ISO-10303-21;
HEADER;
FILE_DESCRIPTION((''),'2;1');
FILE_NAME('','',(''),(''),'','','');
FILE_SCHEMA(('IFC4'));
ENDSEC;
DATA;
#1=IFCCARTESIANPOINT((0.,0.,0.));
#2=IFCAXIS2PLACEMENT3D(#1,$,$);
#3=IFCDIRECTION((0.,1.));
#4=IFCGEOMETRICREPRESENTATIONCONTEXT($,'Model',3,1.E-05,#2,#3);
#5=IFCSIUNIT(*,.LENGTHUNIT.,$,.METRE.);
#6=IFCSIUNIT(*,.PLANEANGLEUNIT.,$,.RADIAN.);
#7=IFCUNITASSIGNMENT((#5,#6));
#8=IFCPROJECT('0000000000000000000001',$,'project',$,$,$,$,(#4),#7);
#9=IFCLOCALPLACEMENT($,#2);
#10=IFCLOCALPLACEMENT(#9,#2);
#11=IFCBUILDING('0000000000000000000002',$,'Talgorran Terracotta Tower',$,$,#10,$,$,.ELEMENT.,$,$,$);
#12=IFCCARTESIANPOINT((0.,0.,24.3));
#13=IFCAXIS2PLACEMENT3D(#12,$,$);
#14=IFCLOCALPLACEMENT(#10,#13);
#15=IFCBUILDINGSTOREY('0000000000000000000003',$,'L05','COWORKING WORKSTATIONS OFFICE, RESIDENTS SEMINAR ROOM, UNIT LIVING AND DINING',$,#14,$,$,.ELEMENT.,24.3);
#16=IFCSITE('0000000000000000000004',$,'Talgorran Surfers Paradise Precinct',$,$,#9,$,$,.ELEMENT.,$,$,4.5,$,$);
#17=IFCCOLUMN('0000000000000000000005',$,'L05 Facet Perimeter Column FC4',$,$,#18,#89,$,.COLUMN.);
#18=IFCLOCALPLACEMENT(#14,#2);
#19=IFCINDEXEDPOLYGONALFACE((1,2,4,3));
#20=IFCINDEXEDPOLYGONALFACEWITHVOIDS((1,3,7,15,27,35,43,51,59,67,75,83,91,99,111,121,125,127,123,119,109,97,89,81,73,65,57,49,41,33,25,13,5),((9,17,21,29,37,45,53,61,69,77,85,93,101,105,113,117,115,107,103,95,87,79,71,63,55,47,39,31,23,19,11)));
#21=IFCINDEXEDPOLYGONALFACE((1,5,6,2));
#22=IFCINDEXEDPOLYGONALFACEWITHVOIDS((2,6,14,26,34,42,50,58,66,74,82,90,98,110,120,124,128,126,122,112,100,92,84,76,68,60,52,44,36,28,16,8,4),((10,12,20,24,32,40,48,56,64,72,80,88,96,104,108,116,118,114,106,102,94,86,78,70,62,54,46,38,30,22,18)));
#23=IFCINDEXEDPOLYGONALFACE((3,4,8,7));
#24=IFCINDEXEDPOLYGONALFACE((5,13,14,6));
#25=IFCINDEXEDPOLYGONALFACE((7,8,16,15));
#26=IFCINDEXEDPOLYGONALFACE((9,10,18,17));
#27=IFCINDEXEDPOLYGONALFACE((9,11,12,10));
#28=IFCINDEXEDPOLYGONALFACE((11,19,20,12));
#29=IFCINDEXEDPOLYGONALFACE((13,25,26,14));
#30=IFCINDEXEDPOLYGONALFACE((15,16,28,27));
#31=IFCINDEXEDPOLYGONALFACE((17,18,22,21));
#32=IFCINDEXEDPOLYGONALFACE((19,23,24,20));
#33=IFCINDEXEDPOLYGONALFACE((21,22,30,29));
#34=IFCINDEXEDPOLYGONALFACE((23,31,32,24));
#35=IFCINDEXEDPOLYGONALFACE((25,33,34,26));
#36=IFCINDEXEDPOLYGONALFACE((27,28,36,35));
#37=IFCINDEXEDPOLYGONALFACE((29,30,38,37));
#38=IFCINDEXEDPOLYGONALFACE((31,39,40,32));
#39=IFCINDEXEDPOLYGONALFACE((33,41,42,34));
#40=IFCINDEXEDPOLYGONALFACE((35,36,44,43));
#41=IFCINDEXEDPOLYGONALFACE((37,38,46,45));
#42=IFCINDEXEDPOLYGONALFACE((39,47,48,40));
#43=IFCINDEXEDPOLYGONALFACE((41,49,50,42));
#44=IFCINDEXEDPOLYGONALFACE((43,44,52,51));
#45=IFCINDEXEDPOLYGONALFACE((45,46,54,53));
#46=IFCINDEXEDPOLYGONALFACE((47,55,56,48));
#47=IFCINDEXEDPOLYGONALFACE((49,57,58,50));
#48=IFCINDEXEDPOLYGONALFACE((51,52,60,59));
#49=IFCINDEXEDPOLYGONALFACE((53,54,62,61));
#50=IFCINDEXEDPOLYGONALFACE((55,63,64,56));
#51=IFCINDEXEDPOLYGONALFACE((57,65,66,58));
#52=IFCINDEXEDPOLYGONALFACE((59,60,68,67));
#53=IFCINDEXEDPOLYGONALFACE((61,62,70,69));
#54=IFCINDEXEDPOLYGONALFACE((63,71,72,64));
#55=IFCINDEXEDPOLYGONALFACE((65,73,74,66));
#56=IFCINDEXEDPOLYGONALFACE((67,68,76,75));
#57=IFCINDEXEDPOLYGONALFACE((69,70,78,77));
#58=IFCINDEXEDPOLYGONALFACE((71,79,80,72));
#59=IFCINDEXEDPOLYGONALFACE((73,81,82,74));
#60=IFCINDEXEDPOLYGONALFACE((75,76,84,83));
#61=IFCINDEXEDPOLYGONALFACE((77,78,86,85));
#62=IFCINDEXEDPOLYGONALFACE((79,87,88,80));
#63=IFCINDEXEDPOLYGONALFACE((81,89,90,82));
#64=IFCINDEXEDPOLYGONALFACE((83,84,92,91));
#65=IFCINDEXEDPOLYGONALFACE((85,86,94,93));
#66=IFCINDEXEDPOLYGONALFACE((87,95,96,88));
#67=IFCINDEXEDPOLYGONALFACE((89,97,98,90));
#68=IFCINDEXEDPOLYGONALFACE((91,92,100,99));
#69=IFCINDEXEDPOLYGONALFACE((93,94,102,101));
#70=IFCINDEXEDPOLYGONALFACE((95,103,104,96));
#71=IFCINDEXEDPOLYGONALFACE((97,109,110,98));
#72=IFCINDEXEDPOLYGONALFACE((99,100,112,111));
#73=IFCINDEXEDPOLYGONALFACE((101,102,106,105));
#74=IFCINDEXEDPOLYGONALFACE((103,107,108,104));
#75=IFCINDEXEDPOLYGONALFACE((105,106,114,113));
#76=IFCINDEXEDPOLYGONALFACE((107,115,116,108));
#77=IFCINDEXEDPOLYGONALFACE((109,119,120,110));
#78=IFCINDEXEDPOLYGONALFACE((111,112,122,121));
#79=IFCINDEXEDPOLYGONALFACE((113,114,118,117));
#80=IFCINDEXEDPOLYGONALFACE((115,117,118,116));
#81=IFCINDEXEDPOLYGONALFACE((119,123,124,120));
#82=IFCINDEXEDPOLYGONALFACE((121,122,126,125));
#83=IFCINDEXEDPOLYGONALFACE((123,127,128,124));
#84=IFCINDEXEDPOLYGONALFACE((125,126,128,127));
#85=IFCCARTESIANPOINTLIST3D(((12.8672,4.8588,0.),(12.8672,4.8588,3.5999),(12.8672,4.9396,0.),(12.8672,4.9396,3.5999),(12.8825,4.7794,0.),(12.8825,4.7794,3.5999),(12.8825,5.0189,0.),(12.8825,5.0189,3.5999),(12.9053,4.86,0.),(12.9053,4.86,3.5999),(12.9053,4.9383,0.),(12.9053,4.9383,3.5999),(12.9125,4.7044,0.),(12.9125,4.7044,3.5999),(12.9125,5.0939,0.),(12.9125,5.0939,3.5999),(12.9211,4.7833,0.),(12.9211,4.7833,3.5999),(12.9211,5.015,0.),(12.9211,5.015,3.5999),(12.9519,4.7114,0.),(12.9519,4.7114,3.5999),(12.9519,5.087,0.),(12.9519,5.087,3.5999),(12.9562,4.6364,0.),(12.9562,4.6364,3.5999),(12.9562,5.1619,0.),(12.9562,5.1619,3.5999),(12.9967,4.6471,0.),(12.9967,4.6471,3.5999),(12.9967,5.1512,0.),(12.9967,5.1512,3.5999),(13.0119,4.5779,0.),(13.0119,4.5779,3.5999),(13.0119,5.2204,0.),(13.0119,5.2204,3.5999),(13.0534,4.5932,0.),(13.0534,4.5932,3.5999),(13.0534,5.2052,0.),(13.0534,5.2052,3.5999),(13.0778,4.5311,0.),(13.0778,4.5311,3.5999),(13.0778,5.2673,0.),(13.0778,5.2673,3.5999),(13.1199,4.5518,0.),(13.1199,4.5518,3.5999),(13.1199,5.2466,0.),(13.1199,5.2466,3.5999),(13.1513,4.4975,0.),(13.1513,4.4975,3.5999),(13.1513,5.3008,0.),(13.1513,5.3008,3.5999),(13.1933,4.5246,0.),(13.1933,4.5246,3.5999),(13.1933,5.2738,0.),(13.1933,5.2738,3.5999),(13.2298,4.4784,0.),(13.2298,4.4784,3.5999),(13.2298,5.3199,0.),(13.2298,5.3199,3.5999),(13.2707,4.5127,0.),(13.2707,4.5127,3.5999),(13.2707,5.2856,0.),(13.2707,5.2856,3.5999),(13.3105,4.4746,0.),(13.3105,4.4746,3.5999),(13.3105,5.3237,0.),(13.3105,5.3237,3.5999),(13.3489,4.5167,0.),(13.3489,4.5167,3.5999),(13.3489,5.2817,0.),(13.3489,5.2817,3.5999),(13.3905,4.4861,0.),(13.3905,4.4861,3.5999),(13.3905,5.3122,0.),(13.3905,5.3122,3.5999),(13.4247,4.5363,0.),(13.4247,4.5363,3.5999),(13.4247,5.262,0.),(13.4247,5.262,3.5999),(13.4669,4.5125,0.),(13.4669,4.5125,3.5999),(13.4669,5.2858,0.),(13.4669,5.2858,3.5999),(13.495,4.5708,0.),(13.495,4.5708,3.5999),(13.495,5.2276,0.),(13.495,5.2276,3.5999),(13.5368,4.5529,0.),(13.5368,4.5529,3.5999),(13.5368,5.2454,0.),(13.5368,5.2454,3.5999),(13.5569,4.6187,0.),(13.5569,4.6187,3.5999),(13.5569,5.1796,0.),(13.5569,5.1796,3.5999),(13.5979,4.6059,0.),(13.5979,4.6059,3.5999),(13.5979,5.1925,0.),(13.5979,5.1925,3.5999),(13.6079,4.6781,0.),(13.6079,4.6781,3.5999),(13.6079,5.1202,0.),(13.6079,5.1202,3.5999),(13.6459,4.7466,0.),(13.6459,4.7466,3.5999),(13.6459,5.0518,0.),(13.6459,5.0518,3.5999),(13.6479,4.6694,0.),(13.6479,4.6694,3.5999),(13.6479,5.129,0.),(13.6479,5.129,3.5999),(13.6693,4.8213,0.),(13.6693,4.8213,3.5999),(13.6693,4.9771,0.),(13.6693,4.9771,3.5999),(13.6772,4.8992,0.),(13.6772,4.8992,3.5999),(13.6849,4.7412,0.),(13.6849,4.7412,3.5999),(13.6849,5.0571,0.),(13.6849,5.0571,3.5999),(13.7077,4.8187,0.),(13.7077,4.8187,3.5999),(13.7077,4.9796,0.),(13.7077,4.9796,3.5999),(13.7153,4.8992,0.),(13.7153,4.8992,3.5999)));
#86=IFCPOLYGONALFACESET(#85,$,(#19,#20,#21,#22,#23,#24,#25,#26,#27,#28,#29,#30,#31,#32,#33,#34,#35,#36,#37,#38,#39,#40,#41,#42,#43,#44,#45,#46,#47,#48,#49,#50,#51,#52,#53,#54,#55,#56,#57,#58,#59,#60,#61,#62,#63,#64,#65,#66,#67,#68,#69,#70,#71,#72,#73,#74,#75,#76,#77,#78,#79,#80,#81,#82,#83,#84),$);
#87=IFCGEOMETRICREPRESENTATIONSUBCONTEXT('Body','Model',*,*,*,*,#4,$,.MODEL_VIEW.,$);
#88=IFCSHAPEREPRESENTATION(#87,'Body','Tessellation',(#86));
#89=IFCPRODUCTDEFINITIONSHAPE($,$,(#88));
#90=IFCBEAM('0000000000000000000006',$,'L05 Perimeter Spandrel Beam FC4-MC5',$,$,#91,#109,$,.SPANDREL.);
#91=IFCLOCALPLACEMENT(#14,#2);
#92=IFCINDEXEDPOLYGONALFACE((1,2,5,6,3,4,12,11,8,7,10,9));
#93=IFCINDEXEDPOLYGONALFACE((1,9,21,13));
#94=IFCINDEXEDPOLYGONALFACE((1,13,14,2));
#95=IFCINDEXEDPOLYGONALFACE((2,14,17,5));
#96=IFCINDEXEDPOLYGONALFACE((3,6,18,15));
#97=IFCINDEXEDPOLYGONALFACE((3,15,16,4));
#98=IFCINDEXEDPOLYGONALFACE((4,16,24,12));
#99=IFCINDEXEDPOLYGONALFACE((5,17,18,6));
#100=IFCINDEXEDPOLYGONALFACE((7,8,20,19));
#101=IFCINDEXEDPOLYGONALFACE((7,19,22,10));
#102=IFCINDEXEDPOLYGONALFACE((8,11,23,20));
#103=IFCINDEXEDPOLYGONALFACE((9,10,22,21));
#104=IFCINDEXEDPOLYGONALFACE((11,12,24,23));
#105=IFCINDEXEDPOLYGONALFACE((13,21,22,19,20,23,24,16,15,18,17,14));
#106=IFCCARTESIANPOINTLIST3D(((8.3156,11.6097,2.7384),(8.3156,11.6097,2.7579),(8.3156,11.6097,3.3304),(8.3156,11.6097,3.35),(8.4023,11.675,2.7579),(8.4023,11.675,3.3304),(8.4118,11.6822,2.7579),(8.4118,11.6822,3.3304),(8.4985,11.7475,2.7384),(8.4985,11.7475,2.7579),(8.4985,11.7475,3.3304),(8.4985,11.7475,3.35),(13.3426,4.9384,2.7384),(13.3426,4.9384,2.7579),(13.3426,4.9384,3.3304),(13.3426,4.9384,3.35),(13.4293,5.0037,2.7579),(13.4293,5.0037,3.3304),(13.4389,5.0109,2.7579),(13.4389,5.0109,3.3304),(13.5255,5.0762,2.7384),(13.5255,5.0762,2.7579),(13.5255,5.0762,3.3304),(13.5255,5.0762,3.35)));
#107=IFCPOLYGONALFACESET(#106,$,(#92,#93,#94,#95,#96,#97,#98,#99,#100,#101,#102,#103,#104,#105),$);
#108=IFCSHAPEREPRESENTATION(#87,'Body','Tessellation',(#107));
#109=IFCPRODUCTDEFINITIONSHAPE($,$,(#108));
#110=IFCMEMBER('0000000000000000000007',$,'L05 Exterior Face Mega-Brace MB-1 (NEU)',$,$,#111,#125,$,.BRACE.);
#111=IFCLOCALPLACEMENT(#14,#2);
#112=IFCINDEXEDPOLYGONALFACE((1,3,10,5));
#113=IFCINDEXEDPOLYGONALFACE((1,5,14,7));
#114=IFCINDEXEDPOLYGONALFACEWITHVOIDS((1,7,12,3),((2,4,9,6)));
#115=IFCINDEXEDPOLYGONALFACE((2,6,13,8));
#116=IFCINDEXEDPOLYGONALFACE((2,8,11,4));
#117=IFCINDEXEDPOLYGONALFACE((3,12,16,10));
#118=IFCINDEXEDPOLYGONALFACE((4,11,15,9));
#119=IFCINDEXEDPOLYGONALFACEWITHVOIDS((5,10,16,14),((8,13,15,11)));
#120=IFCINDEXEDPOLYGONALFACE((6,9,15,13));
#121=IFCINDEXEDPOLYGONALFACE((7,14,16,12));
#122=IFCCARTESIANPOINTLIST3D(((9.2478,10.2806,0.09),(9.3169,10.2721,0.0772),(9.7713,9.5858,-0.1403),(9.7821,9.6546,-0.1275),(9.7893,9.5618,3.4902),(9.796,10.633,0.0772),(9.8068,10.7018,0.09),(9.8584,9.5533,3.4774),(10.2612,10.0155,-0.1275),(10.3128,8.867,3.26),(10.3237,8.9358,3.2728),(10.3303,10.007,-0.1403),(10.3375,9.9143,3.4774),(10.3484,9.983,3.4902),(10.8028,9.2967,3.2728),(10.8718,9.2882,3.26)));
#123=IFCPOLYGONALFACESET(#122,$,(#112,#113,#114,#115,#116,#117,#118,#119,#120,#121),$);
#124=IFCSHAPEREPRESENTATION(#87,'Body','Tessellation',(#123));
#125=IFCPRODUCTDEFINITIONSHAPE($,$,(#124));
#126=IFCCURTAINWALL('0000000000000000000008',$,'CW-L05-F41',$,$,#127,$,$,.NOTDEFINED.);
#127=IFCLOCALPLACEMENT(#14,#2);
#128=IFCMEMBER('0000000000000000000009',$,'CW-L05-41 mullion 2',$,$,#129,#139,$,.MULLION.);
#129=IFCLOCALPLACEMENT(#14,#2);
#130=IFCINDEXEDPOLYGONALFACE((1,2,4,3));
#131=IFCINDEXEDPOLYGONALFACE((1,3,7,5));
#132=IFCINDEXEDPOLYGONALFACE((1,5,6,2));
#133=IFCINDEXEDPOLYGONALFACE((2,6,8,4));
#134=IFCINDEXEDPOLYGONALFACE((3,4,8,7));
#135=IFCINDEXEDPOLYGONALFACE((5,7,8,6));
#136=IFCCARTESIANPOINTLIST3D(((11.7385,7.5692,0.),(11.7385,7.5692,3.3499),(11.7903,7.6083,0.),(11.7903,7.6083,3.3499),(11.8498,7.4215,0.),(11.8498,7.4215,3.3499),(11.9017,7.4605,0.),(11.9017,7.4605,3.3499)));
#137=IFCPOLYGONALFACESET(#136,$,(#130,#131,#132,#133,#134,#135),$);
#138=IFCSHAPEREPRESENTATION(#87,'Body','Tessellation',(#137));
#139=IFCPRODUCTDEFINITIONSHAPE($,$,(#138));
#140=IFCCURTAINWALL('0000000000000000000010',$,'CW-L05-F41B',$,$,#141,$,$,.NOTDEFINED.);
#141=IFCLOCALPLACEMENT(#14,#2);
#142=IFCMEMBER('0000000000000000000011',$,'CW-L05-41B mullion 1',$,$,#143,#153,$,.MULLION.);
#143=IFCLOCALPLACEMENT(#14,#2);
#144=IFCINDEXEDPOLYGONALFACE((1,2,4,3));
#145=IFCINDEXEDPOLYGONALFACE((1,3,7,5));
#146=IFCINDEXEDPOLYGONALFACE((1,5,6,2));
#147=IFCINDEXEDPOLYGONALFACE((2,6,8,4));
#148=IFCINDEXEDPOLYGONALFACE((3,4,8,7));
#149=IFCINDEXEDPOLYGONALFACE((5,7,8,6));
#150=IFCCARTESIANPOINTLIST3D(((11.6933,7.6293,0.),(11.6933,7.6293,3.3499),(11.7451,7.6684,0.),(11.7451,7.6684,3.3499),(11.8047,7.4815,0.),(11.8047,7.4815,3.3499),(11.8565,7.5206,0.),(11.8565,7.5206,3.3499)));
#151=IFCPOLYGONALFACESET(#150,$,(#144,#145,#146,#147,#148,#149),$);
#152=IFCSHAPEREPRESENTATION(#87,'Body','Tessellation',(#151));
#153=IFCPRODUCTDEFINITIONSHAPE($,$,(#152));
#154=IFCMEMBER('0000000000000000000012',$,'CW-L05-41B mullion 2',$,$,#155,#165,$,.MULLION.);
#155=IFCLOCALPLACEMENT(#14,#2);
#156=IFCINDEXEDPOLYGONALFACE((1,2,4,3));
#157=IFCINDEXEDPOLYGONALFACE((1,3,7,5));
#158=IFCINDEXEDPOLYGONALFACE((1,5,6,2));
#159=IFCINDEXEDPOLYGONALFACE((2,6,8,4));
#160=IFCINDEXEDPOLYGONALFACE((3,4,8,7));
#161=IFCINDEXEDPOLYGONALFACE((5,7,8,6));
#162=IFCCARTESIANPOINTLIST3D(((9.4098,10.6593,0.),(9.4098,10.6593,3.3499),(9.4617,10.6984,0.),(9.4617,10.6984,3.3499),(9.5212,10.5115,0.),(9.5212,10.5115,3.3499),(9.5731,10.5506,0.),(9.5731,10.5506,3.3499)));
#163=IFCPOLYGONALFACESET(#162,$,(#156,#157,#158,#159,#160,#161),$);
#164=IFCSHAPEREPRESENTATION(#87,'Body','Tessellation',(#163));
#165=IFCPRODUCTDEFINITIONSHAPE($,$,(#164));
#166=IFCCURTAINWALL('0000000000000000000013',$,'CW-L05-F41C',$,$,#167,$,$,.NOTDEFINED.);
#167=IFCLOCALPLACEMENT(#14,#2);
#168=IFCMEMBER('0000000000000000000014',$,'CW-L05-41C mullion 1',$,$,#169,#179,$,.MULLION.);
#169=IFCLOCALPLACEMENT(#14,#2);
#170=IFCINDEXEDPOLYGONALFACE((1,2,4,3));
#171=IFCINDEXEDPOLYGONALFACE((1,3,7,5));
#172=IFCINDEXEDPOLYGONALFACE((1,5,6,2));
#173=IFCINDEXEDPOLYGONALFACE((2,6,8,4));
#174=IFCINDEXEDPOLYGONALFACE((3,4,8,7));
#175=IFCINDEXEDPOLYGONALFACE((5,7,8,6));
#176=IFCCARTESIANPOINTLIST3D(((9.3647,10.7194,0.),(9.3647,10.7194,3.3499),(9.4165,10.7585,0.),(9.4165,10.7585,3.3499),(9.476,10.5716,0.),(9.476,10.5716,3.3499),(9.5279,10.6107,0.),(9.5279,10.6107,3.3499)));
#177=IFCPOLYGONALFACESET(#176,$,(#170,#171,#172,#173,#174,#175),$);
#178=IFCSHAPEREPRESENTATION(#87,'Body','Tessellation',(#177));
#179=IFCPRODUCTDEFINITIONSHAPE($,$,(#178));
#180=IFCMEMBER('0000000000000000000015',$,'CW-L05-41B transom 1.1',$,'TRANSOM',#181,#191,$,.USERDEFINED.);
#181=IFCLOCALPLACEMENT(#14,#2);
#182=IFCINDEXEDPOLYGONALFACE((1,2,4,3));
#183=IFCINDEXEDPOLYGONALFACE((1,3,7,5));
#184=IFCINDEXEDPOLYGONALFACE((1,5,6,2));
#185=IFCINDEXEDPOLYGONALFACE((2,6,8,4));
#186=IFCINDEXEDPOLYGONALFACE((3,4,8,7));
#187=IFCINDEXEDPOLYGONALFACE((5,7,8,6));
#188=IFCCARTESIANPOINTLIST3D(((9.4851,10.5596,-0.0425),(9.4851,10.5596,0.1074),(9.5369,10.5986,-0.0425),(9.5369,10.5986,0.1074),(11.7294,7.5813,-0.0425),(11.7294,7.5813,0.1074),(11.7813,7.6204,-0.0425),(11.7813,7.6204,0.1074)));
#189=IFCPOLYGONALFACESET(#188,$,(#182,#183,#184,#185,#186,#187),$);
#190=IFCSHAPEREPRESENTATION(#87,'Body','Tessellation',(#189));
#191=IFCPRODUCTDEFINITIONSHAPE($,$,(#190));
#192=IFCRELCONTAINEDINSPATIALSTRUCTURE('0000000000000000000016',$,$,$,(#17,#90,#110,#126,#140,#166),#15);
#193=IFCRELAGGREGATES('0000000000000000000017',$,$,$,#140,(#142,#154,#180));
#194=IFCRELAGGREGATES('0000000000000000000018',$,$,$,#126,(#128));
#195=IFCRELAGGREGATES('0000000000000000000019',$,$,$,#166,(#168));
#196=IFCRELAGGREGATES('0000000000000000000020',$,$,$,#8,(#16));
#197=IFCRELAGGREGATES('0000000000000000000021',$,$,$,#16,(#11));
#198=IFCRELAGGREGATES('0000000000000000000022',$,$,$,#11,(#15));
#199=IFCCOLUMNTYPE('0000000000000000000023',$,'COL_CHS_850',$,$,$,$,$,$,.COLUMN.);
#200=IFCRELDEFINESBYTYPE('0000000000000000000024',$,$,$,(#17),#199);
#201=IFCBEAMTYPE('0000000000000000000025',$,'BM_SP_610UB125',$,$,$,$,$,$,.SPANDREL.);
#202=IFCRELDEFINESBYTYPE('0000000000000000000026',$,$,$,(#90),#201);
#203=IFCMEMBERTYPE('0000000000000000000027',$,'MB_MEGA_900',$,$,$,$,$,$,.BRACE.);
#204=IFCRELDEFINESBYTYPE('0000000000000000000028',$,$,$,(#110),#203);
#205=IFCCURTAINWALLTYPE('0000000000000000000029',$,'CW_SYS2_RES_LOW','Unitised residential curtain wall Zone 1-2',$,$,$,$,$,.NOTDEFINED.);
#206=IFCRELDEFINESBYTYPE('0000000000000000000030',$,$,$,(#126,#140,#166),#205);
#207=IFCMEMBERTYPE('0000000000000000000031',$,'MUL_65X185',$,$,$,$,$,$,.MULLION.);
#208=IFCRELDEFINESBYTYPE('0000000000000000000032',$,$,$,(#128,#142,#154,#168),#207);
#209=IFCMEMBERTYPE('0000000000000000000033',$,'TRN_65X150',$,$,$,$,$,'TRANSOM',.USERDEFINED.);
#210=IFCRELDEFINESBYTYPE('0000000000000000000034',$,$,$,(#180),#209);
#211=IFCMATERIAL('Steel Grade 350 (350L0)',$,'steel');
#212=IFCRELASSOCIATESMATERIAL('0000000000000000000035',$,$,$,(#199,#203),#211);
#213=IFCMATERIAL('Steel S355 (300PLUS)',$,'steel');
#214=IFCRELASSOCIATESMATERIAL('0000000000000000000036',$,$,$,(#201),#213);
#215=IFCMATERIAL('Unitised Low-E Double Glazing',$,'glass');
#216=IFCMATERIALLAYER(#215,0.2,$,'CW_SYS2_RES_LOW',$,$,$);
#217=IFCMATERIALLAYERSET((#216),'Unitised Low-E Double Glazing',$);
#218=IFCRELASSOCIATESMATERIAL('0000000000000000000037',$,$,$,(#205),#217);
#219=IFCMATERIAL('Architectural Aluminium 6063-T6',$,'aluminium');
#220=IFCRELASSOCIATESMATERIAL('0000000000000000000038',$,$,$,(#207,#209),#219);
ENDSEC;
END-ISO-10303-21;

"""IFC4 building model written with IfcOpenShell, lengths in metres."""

from ifc_helpers import new_model, si_unit, direction, frame, origin, origin_2d, place, context, subcontext, project, spatial, rectangle, hollow_rectangle, hollow_circle, i_section, extrude, material, layer, layer_set, material_profile, profile_set, type_object, element, aggregate, save


model = new_model("IFC4")

# Units and contexts
model_context = context("Model", 3, precision=1e-05, world=origin(), true_north=direction((0.0, 1.0)))
body_context = subcontext(model_context, "Body", "Model", "MODEL_VIEW")
ifc_project = project(units=[si_unit("LENGTHUNIT", "METRE"), si_unit("PLANEANGLEUNIT", "RADIAN")], contexts=[model_context])

# Site, building, storey
site_placement = place(None, origin())
site = spatial("IfcSite", under=ifc_project, at=site_placement, Name="Talgorran Surfers Paradise Precinct", CompositionType="ELEMENT", RefElevation=4.5)
building_placement = place(site_placement, origin())
building = spatial("IfcBuilding", under=site, at=building_placement, Name="Talgorran Terracotta Tower", CompositionType="ELEMENT")
storey_placement = place(building_placement, frame((0.0, 0.0, 24.3)))
storey = spatial("IfcBuildingStorey", under=building, at=storey_placement, Name="L05", Description="COWORKING WORKSTATIONS OFFICE, RESIDENTS SEMINAR ROOM, UNIT LIVING AND DINING", CompositionType="ELEMENT", Elevation=24.3)

# Column
ifc_material_1 = material(Name="Steel Grade 350 (350L0)", Category="steel")
ifc_material_profile_1 = material_profile(ifc_material_1, hollow_circle(Radius=0.425, WallThickness=0.0381, at=origin_2d()), Name="CHS850X38")
ifc_profile_set_1 = profile_set([ifc_material_profile_1], Name="Steel Grade 350 (350L0)")
column_type = type_object("IfcColumnType", Name="COL_CHS_850", PredefinedType="COLUMN", material=ifc_profile_set_1)
column_placement = place(storey_placement, frame((13.2903, 4.8992, 0.0), z_axis=(0.0, 0.0, 1.0), x_axis=(1.0, 0.0, 0.0)))
element("IfcColumn", 1, at=column_placement, inside=storey, type_object=column_type, Name="L05 Facet Perimeter Column FC4", PredefinedType="COLUMN", context=body_context, shape_type="SweptSolid", body=[
    extrude(hollow_circle(Radius=0.425, WallThickness=0.0381, at=origin_2d()), origin(), (0.0, 0.0, 1.0), 3.5999),
])

# Beam
ifc_material_2 = material(Name="Steel S355 (300PLUS)", Category="steel")
ifc_material_profile_2 = material_profile(ifc_material_2, i_section(OverallWidth=0.229, OverallDepth=0.6116, WebThickness=0.012, FlangeThickness=0.0195, at=origin_2d()), Name="610UB125")
ifc_profile_set_2 = profile_set([ifc_material_profile_2], Name="Steel S355 (300PLUS)")
beam_type = type_object("IfcBeamType", Name="BM_SP_610UB125", PredefinedType="SPANDREL", material=ifc_profile_set_2)
beam_placement = place(storey_placement, frame((13.4341, 5.0073, 3.0442), z_axis=(-0.601804, 0.798644, 0.0), x_axis=(-0.798644, -0.601804, 0.0)))
element("IfcBeam", 2, at=beam_placement, inside=storey, type_object=beam_type, Name="L05 Perimeter Spandrel Beam FC4-MC5", PredefinedType="SPANDREL", context=body_context, shape_type="SweptSolid", body=[
    extrude(i_section(OverallWidth=0.229, OverallDepth=0.6116, WebThickness=0.012, FlangeThickness=0.0195, at=origin_2d()), origin(), (0.0, 0.0, 1.0), 8.3533),
])

# Member
ifc_material_profile_3 = material_profile(ifc_material_1, hollow_rectangle(XDim=0.7, YDim=0.8999, WallThickness=0.05, at=origin_2d()), Name="WBOX900X700X50")
ifc_profile_set_3 = profile_set([ifc_material_profile_3], Name="Steel Grade 350 (350L0)")
member_type_1 = type_object("IfcMemberType", Name="MB_MEGA_900", PredefinedType="BRACE", material=ifc_profile_set_3)
member_1_placement = place(storey_placement, frame((9.7891, 10.1438, -0.0251), z_axis=(0.153958, -0.204352, 0.966715), x_axis=(0.798696, 0.601735, 0.0)))
element("IfcMember", 3, at=member_1_placement, inside=storey, type_object=member_type_1, Name="L05 Exterior Face Mega-Brace MB-1 (NEU)", PredefinedType="BRACE", context=body_context, shape_type="SweptSolid", body=[
    extrude(hollow_rectangle(XDim=0.7, YDim=0.8999, WallThickness=0.05, at=origin_2d()), origin(), (0.0, 0.0, 1.0), 3.5173),
])

# Curtain wall, member
ifc_material_3 = material(Name="Unitised Low-E Double Glazing", Category="glass")
ifc_layer_1 = layer(ifc_material_3, 0.2, Name="CW_SYS2_RES_LOW")
ifc_layer_set_1 = layer_set([ifc_layer_1], Name="Unitised Low-E Double Glazing")
curtain_wall_type = type_object("IfcCurtainWallType", Name="CW_SYS2_RES_LOW", Description="Unitised residential curtain wall Zone 1-2", PredefinedType="NOTDEFINED", material=ifc_layer_set_1)
curtain_wall_1_placement = place(storey_placement, origin())
curtain_wall_1 = element("IfcCurtainWall", 4, at=curtain_wall_1_placement, inside=storey, type_object=curtain_wall_type, Name="CW-L05-F41", PredefinedType="NOTDEFINED")
ifc_material_4 = material(Name="Architectural Aluminium 6063-T6", Category="aluminium")
ifc_material_profile_4 = material_profile(ifc_material_4, rectangle(XDim=0.0649, YDim=0.1851, at=origin_2d()), Name="CWM65X185")
ifc_profile_set_4 = profile_set([ifc_material_profile_4], Name="Architectural Aluminium 6063-T6")
member_type_2 = type_object("IfcMemberType", Name="MUL_65X185", PredefinedType="MULLION", material=ifc_profile_set_4)
member_2_placement = place(storey_placement, frame((11.8201, 7.5149, 0.0), z_axis=(0.0, 0.0, 1.0), x_axis=(-0.79864, -0.601809, 0.0)))
member_2 = element("IfcMember", 5, at=member_2_placement, type_object=member_type_2, Name="CW-L05-41 mullion 2", PredefinedType="MULLION", context=body_context, shape_type="SweptSolid", body=[
    extrude(rectangle(XDim=0.0649, YDim=0.1851, at=origin_2d()), origin(), (0.0, 0.0, 1.0), 3.3499),
])

# Curtain wall, members
curtain_wall_2_placement = place(storey_placement, origin())
curtain_wall_2 = element("IfcCurtainWall", 6, at=curtain_wall_2_placement, inside=storey, type_object=curtain_wall_type, Name="CW-L05-F41B", PredefinedType="NOTDEFINED")
member_3_placement = place(storey_placement, frame((11.7749, 7.575, 0.0), z_axis=(0.0, 0.0, 1.0), x_axis=(-0.798627, -0.601827, 0.0)))
member_3 = element("IfcMember", 7, at=member_3_placement, type_object=member_type_2, Name="CW-L05-41B mullion 1", PredefinedType="MULLION", context=body_context, shape_type="SweptSolid", body=[
    extrude(rectangle(XDim=0.0649, YDim=0.1851, at=origin_2d()), origin(), (0.0, 0.0, 1.0), 3.3499),
])
member_4_placement = place(storey_placement, frame((9.4915, 10.605, 0.0), z_axis=(0.0, 0.0, 1.0), x_axis=(-0.798627, -0.601827, 0.0)))
member_4 = element("IfcMember", 8, at=member_4_placement, type_object=member_type_2, Name="CW-L05-41B mullion 2", PredefinedType="MULLION", context=body_context, shape_type="SweptSolid", body=[
    extrude(rectangle(XDim=0.0649, YDim=0.1851, at=origin_2d()), origin(), (0.0, 0.0, 1.0), 3.3499),
])

# Curtain wall, member
curtain_wall_3_placement = place(storey_placement, origin())
curtain_wall_3 = element("IfcCurtainWall", 9, at=curtain_wall_3_placement, inside=storey, type_object=curtain_wall_type, Name="CW-L05-F41C", PredefinedType="NOTDEFINED")
member_5_placement = place(storey_placement, frame((9.4463, 10.665, 0.0), z_axis=(0.0, 0.0, 1.0), x_axis=(-0.798648, -0.601798, 0.0)))
member_5 = element("IfcMember", 10, at=member_5_placement, type_object=member_type_2, Name="CW-L05-41C mullion 1", PredefinedType="MULLION", context=body_context, shape_type="SweptSolid", body=[
    extrude(rectangle(XDim=0.0649, YDim=0.1851, at=origin_2d()), origin(), (0.0, 0.0, 1.0), 3.3499),
])

# Member
ifc_material_profile_5 = material_profile(ifc_material_4, rectangle(XDim=0.0649, YDim=0.1499, at=origin_2d()), Name="CWT65X150")
ifc_profile_set_5 = profile_set([ifc_material_profile_5], Name="Architectural Aluminium 6063-T6")
member_type_3 = type_object("IfcMemberType", Name="TRN_65X150", ElementType="TRANSOM", PredefinedType="USERDEFINED", material=ifc_profile_set_5)
member_6_placement = place(storey_placement, frame((11.7554, 7.6008, 0.0325), z_axis=(-0.601831, 0.798623, 0.0), x_axis=(-0.798623, -0.601831, 0.0)))
member_6 = element("IfcMember", 11, at=member_6_placement, type_object=member_type_3, Name="CW-L05-41B transom 1.1", ObjectType="TRANSOM", PredefinedType="USERDEFINED", context=body_context, shape_type="SweptSolid", body=[
    extrude(rectangle(XDim=0.0649, YDim=0.1499, at=origin_2d()), origin(), (0.0, 0.0, 1.0), 3.7292),
])

aggregate(curtain_wall_2, [member_3, member_4, member_6])
aggregate(curtain_wall_1, [member_2])
aggregate(curtain_wall_3, [member_5])

save(model, "model.ifc")
